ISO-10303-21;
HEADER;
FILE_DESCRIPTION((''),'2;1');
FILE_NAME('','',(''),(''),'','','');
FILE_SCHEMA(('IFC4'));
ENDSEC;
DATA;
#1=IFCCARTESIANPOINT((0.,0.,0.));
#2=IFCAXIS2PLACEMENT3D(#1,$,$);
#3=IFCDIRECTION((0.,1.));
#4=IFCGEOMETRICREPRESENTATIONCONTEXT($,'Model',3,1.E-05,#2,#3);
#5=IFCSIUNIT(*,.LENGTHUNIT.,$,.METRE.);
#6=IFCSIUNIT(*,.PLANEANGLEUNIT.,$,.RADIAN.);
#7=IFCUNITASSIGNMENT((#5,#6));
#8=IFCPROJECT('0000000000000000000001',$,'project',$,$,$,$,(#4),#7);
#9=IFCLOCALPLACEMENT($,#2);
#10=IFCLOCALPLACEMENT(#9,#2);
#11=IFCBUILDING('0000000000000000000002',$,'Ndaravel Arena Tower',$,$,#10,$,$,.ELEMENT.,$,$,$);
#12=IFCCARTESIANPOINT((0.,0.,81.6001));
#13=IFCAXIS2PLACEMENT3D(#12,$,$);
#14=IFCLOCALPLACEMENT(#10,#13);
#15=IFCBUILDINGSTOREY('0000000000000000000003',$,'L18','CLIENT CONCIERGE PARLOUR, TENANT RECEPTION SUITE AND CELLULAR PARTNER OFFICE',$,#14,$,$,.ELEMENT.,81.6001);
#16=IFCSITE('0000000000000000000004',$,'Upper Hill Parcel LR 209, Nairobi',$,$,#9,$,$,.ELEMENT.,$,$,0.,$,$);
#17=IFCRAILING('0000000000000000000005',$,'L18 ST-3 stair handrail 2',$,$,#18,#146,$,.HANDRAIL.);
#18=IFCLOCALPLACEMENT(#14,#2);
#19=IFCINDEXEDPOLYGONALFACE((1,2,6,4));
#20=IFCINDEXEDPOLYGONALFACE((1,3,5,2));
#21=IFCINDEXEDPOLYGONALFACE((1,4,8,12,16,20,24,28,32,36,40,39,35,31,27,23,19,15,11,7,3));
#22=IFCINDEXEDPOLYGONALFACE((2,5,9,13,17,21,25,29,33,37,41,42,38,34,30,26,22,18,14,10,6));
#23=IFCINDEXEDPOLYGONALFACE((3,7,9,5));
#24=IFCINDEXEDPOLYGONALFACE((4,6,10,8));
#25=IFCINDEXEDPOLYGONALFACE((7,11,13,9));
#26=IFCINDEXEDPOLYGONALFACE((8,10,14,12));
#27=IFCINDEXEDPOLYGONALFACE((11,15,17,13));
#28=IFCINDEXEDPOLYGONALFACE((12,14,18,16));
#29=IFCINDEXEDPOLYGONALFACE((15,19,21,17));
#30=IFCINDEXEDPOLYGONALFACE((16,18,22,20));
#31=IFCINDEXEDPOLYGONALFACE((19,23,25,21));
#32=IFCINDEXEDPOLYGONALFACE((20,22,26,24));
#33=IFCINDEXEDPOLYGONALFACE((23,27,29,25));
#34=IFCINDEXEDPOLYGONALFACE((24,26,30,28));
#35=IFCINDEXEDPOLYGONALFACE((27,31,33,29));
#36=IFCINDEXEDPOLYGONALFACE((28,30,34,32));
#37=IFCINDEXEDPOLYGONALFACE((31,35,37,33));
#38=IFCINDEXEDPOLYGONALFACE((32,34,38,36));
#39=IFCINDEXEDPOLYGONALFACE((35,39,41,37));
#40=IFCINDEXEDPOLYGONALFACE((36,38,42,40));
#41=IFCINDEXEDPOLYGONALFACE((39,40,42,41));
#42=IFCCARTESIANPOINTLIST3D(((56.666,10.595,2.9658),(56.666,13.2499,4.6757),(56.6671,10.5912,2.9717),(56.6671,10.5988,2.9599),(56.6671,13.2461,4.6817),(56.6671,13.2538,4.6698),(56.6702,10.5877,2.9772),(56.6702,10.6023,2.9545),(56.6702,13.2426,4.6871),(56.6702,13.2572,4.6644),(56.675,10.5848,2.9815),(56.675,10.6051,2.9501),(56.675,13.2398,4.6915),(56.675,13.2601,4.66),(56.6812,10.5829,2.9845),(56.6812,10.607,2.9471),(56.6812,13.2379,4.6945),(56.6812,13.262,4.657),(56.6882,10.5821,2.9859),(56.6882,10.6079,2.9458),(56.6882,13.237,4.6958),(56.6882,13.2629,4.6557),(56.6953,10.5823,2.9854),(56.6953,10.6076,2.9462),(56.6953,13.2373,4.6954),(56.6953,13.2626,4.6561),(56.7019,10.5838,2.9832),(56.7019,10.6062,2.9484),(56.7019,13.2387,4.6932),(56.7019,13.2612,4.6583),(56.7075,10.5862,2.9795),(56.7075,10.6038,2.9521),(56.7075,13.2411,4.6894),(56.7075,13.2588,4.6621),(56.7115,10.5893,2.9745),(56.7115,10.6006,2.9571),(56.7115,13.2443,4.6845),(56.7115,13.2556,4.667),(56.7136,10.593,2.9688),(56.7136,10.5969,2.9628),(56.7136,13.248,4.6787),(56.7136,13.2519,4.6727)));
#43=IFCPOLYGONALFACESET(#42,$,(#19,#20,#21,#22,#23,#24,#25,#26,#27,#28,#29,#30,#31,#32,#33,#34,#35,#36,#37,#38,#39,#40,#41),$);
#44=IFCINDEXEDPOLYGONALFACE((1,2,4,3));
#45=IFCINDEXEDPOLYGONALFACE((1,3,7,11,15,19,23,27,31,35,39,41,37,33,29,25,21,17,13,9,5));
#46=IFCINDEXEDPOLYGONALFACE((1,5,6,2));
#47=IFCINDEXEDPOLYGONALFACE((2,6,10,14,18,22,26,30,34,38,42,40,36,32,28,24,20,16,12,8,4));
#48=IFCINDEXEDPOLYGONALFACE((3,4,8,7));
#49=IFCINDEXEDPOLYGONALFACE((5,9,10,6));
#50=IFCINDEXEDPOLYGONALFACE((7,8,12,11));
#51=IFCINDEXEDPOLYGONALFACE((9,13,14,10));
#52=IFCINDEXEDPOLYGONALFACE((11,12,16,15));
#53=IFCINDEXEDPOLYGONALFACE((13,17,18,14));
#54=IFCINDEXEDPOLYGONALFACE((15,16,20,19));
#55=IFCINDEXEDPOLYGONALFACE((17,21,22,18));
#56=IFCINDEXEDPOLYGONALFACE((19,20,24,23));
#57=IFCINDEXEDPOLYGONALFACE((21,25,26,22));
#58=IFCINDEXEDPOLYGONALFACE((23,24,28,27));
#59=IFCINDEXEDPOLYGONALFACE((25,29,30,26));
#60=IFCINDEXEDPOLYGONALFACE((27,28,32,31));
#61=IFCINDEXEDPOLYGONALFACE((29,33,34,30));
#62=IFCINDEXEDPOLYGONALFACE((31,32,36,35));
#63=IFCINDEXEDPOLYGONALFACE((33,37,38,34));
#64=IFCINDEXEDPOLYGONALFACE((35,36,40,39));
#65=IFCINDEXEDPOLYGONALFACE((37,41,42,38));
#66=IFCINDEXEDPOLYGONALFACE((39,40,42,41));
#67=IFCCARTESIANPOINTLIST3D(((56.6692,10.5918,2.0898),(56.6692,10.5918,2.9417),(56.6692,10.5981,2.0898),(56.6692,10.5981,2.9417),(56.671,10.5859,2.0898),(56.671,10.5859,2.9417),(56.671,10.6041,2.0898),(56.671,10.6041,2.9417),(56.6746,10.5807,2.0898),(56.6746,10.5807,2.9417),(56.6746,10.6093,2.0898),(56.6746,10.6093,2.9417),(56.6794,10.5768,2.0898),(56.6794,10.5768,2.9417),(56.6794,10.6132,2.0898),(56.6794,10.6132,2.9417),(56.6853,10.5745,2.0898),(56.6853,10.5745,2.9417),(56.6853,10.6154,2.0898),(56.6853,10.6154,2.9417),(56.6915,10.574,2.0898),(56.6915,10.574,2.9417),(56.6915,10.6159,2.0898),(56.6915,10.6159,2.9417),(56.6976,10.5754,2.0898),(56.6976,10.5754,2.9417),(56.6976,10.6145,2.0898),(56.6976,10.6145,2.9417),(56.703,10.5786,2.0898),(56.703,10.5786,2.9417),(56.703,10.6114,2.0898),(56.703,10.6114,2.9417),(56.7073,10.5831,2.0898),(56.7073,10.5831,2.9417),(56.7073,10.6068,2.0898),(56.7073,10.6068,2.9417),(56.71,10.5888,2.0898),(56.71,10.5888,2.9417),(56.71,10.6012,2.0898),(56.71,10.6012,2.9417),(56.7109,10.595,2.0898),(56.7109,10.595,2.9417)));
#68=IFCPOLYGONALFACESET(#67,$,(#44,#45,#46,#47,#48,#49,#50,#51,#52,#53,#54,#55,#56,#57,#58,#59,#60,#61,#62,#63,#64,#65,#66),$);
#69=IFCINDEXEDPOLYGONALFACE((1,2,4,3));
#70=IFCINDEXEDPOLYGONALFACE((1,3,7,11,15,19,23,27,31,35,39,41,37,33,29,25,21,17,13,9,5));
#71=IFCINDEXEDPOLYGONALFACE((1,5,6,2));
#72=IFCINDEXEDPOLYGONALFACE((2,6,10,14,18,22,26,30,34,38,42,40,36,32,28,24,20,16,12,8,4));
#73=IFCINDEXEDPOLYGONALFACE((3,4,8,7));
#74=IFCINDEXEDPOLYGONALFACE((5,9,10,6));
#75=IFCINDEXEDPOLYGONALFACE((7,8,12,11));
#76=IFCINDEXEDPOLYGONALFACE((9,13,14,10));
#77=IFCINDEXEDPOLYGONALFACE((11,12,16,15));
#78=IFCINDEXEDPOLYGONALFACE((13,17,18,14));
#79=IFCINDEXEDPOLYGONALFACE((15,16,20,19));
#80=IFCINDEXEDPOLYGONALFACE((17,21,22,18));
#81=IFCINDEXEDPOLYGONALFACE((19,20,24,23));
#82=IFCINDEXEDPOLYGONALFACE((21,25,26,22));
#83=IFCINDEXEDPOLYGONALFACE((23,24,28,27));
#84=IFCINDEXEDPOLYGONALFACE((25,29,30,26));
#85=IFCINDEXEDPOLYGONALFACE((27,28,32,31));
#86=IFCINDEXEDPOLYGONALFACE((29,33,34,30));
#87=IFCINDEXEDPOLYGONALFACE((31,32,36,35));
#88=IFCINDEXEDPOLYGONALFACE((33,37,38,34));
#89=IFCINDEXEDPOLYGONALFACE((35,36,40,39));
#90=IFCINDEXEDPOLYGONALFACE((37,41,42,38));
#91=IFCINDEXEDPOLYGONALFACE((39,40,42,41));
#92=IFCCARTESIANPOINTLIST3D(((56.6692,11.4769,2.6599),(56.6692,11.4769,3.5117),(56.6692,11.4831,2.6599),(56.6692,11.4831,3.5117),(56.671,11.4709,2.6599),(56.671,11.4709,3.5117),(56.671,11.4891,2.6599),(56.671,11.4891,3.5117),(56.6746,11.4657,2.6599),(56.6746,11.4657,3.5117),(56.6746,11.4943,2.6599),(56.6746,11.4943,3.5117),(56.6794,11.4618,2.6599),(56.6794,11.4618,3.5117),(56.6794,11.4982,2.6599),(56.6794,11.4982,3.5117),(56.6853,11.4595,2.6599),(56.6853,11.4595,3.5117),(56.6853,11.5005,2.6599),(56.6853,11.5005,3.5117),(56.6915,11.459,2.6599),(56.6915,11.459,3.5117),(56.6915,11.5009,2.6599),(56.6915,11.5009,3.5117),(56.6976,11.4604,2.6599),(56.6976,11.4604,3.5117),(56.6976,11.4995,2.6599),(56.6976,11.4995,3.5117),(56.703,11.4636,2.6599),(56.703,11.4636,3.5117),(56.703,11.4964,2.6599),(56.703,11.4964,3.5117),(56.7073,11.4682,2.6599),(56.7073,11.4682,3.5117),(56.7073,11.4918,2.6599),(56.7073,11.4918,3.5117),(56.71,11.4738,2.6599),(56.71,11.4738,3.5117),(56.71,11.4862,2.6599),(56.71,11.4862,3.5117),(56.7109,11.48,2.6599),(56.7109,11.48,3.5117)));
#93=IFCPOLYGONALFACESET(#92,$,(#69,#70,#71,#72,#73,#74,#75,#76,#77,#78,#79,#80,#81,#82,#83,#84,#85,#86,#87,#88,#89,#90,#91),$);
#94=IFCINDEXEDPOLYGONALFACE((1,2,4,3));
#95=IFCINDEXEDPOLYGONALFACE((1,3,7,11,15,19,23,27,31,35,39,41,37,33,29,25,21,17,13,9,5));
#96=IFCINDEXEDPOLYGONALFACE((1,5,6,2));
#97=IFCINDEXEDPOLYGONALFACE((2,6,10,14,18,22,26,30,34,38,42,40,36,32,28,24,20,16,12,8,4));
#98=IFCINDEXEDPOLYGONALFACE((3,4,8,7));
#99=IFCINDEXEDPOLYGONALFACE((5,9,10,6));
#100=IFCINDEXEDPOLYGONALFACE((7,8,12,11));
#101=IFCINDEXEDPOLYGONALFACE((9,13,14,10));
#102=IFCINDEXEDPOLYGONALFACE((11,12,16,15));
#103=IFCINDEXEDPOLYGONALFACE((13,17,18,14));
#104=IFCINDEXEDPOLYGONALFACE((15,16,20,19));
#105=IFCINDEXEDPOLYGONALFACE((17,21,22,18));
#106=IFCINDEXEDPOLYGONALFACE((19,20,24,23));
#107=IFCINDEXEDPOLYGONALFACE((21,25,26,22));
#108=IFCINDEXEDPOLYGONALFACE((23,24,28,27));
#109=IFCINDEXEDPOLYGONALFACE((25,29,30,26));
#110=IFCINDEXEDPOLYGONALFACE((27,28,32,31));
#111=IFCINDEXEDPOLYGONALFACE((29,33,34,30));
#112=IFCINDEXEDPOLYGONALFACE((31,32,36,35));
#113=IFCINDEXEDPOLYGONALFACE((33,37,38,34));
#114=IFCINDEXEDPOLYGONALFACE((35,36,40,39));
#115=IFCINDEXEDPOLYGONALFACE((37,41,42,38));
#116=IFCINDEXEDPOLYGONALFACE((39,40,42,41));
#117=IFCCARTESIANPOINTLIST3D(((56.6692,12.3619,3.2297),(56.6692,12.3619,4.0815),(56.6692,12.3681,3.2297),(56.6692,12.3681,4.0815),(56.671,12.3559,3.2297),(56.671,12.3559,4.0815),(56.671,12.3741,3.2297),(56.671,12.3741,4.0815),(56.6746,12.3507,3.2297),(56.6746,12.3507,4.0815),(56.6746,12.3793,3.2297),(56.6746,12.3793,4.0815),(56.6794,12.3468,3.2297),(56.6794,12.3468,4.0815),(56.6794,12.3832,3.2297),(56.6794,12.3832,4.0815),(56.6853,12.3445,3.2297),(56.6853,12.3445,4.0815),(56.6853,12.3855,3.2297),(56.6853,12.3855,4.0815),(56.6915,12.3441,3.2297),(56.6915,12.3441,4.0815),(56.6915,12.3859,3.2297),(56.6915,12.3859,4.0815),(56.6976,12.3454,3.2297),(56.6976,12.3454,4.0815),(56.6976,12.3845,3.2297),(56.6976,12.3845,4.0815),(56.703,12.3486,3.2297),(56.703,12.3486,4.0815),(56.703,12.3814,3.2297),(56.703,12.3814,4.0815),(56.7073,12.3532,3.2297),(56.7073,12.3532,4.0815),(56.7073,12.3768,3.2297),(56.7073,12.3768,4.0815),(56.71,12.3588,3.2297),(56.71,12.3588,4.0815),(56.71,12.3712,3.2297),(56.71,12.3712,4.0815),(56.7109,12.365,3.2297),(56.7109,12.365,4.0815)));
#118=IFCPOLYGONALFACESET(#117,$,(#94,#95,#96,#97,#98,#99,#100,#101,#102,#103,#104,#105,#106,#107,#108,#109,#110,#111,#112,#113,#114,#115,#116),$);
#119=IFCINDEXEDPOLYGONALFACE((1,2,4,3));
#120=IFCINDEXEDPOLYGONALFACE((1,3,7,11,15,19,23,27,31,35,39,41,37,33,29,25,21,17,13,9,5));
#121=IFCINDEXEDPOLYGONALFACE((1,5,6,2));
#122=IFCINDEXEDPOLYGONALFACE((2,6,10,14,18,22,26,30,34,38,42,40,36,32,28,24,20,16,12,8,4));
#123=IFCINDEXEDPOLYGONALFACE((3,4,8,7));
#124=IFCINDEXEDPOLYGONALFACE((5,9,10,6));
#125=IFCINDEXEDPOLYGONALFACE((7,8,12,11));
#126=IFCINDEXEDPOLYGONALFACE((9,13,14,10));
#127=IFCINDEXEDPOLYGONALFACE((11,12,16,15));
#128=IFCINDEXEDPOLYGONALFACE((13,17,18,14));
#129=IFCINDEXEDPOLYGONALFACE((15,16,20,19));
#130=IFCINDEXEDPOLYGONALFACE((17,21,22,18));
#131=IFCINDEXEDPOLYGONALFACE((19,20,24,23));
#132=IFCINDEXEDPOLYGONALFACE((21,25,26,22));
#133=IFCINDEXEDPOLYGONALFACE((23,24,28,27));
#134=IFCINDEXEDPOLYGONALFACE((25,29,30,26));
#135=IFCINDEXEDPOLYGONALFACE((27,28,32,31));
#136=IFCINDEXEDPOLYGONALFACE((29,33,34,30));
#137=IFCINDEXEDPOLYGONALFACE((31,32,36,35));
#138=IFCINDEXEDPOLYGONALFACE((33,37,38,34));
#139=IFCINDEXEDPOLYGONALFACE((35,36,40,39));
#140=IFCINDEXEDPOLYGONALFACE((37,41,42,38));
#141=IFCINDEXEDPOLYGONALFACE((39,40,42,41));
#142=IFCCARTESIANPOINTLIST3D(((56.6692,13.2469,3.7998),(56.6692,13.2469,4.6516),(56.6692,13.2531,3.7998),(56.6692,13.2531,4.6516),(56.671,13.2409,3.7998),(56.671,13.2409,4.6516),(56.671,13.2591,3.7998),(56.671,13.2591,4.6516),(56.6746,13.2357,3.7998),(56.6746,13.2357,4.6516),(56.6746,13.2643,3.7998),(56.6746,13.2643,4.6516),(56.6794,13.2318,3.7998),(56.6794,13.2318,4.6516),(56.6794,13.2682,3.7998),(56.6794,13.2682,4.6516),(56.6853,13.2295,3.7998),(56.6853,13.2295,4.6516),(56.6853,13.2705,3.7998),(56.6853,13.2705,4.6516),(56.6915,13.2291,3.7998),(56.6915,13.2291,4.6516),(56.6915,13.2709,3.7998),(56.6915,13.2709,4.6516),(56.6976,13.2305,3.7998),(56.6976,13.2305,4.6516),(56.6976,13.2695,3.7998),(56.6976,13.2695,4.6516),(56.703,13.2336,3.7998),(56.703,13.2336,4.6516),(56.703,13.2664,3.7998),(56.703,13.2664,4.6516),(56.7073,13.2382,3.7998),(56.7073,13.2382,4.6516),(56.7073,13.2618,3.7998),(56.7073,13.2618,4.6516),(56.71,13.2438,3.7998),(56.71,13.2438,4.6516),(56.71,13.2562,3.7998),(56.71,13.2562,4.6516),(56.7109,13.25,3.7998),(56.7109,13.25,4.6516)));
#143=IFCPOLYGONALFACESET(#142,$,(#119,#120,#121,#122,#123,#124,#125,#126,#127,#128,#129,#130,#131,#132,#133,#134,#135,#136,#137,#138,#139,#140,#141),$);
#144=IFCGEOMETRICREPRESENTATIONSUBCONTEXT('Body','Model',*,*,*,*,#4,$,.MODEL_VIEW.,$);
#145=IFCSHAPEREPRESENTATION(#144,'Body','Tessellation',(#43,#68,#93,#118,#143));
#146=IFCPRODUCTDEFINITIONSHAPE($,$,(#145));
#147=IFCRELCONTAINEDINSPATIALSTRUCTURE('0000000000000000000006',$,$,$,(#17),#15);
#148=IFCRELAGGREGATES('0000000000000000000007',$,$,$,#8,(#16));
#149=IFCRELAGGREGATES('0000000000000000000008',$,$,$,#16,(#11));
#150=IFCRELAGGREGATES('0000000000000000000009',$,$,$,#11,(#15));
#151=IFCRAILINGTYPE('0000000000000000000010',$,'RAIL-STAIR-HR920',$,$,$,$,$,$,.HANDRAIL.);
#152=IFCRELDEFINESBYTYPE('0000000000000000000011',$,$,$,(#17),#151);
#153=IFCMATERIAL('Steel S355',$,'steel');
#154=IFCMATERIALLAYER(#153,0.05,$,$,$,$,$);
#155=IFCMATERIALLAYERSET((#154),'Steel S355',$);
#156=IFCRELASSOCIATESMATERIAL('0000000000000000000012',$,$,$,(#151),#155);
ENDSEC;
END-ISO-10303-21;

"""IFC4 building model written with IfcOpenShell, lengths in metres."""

from ifc_helpers import new_model, si_unit, direction, frame, origin, origin_2d, place, context, subcontext, project, spatial, circle, extrude, material, layer, layer_set, type_object, element, save


model = new_model("IFC4")

# Units and contexts
model_context = context("Model", 3, precision=1e-05, world=origin(), true_north=direction((0.0, 1.0)))
body_context = subcontext(model_context, "Body", "Model", "MODEL_VIEW")
ifc_project = project(units=[si_unit("LENGTHUNIT", "METRE"), si_unit("PLANEANGLEUNIT", "RADIAN")], contexts=[model_context])

# Site, building, storey
site_placement = place(None, origin())
site = spatial("IfcSite", under=ifc_project, at=site_placement, Name="Upper Hill Parcel LR 209, Nairobi", CompositionType="ELEMENT", RefElevation=0.0)
building_placement = place(site_placement, origin())
building = spatial("IfcBuilding", under=site, at=building_placement, Name="Ndaravel Arena Tower", CompositionType="ELEMENT")
storey_placement = place(building_placement, frame((0.0, 0.0, 81.6001)))
storey = spatial("IfcBuildingStorey", under=building, at=storey_placement, Name="L18", Description="CLIENT CONCIERGE PARLOUR, TENANT RECEPTION SUITE AND CELLULAR PARTNER OFFICE", CompositionType="ELEMENT", Elevation=81.6001)

# Railing
ifc_material_1 = material(Name="Steel S355", Category="steel")
ifc_layer_1 = layer(ifc_material_1, 0.05)
ifc_layer_set_1 = layer_set([ifc_layer_1], Name="Steel S355")
railing_type_1 = type_object("IfcRailingType", Name="RAIL-STAIR-HR920", PredefinedType="HANDRAIL", material=ifc_layer_set_1)
railing_1_placement = place(storey_placement, frame((56.6899, 10.595, 2.0898)))
element("IfcRailing", 1, at=railing_1_placement, inside=storey, type_object=railing_type_1, Name="L18 ST-3 stair handrail 2", PredefinedType="HANDRAIL", context=body_context, shape_type="SweptSolid", body=[
    extrude(circle(Radius=0.0239, at=origin_2d()), frame((0.0, 0.0, 0.876), z_axis=(0.0, 0.840724, 0.541465), x_axis=(-1.0, 0.0, 0.0)), (0.0, 0.0, 1.0), 3.158),
    extrude(circle(Radius=0.021, at=origin_2d()), origin(), (0.0, 0.0, 1.0), 0.8518),
    extrude(circle(Radius=0.021, at=origin_2d()), frame((0.0, 0.885, 0.5701)), (0.0, 0.0, 1.0), 0.8518),
    extrude(circle(Radius=0.021, at=origin_2d()), frame((0.0, 1.77, 1.1399)), (0.0, 0.0, 1.0), 0.8518),
    extrude(circle(Radius=0.021, at=origin_2d()), frame((0.0, 2.655, 1.71)), (0.0, 0.0, 1.0), 0.8518),
])

save(model, "model.ifc")
